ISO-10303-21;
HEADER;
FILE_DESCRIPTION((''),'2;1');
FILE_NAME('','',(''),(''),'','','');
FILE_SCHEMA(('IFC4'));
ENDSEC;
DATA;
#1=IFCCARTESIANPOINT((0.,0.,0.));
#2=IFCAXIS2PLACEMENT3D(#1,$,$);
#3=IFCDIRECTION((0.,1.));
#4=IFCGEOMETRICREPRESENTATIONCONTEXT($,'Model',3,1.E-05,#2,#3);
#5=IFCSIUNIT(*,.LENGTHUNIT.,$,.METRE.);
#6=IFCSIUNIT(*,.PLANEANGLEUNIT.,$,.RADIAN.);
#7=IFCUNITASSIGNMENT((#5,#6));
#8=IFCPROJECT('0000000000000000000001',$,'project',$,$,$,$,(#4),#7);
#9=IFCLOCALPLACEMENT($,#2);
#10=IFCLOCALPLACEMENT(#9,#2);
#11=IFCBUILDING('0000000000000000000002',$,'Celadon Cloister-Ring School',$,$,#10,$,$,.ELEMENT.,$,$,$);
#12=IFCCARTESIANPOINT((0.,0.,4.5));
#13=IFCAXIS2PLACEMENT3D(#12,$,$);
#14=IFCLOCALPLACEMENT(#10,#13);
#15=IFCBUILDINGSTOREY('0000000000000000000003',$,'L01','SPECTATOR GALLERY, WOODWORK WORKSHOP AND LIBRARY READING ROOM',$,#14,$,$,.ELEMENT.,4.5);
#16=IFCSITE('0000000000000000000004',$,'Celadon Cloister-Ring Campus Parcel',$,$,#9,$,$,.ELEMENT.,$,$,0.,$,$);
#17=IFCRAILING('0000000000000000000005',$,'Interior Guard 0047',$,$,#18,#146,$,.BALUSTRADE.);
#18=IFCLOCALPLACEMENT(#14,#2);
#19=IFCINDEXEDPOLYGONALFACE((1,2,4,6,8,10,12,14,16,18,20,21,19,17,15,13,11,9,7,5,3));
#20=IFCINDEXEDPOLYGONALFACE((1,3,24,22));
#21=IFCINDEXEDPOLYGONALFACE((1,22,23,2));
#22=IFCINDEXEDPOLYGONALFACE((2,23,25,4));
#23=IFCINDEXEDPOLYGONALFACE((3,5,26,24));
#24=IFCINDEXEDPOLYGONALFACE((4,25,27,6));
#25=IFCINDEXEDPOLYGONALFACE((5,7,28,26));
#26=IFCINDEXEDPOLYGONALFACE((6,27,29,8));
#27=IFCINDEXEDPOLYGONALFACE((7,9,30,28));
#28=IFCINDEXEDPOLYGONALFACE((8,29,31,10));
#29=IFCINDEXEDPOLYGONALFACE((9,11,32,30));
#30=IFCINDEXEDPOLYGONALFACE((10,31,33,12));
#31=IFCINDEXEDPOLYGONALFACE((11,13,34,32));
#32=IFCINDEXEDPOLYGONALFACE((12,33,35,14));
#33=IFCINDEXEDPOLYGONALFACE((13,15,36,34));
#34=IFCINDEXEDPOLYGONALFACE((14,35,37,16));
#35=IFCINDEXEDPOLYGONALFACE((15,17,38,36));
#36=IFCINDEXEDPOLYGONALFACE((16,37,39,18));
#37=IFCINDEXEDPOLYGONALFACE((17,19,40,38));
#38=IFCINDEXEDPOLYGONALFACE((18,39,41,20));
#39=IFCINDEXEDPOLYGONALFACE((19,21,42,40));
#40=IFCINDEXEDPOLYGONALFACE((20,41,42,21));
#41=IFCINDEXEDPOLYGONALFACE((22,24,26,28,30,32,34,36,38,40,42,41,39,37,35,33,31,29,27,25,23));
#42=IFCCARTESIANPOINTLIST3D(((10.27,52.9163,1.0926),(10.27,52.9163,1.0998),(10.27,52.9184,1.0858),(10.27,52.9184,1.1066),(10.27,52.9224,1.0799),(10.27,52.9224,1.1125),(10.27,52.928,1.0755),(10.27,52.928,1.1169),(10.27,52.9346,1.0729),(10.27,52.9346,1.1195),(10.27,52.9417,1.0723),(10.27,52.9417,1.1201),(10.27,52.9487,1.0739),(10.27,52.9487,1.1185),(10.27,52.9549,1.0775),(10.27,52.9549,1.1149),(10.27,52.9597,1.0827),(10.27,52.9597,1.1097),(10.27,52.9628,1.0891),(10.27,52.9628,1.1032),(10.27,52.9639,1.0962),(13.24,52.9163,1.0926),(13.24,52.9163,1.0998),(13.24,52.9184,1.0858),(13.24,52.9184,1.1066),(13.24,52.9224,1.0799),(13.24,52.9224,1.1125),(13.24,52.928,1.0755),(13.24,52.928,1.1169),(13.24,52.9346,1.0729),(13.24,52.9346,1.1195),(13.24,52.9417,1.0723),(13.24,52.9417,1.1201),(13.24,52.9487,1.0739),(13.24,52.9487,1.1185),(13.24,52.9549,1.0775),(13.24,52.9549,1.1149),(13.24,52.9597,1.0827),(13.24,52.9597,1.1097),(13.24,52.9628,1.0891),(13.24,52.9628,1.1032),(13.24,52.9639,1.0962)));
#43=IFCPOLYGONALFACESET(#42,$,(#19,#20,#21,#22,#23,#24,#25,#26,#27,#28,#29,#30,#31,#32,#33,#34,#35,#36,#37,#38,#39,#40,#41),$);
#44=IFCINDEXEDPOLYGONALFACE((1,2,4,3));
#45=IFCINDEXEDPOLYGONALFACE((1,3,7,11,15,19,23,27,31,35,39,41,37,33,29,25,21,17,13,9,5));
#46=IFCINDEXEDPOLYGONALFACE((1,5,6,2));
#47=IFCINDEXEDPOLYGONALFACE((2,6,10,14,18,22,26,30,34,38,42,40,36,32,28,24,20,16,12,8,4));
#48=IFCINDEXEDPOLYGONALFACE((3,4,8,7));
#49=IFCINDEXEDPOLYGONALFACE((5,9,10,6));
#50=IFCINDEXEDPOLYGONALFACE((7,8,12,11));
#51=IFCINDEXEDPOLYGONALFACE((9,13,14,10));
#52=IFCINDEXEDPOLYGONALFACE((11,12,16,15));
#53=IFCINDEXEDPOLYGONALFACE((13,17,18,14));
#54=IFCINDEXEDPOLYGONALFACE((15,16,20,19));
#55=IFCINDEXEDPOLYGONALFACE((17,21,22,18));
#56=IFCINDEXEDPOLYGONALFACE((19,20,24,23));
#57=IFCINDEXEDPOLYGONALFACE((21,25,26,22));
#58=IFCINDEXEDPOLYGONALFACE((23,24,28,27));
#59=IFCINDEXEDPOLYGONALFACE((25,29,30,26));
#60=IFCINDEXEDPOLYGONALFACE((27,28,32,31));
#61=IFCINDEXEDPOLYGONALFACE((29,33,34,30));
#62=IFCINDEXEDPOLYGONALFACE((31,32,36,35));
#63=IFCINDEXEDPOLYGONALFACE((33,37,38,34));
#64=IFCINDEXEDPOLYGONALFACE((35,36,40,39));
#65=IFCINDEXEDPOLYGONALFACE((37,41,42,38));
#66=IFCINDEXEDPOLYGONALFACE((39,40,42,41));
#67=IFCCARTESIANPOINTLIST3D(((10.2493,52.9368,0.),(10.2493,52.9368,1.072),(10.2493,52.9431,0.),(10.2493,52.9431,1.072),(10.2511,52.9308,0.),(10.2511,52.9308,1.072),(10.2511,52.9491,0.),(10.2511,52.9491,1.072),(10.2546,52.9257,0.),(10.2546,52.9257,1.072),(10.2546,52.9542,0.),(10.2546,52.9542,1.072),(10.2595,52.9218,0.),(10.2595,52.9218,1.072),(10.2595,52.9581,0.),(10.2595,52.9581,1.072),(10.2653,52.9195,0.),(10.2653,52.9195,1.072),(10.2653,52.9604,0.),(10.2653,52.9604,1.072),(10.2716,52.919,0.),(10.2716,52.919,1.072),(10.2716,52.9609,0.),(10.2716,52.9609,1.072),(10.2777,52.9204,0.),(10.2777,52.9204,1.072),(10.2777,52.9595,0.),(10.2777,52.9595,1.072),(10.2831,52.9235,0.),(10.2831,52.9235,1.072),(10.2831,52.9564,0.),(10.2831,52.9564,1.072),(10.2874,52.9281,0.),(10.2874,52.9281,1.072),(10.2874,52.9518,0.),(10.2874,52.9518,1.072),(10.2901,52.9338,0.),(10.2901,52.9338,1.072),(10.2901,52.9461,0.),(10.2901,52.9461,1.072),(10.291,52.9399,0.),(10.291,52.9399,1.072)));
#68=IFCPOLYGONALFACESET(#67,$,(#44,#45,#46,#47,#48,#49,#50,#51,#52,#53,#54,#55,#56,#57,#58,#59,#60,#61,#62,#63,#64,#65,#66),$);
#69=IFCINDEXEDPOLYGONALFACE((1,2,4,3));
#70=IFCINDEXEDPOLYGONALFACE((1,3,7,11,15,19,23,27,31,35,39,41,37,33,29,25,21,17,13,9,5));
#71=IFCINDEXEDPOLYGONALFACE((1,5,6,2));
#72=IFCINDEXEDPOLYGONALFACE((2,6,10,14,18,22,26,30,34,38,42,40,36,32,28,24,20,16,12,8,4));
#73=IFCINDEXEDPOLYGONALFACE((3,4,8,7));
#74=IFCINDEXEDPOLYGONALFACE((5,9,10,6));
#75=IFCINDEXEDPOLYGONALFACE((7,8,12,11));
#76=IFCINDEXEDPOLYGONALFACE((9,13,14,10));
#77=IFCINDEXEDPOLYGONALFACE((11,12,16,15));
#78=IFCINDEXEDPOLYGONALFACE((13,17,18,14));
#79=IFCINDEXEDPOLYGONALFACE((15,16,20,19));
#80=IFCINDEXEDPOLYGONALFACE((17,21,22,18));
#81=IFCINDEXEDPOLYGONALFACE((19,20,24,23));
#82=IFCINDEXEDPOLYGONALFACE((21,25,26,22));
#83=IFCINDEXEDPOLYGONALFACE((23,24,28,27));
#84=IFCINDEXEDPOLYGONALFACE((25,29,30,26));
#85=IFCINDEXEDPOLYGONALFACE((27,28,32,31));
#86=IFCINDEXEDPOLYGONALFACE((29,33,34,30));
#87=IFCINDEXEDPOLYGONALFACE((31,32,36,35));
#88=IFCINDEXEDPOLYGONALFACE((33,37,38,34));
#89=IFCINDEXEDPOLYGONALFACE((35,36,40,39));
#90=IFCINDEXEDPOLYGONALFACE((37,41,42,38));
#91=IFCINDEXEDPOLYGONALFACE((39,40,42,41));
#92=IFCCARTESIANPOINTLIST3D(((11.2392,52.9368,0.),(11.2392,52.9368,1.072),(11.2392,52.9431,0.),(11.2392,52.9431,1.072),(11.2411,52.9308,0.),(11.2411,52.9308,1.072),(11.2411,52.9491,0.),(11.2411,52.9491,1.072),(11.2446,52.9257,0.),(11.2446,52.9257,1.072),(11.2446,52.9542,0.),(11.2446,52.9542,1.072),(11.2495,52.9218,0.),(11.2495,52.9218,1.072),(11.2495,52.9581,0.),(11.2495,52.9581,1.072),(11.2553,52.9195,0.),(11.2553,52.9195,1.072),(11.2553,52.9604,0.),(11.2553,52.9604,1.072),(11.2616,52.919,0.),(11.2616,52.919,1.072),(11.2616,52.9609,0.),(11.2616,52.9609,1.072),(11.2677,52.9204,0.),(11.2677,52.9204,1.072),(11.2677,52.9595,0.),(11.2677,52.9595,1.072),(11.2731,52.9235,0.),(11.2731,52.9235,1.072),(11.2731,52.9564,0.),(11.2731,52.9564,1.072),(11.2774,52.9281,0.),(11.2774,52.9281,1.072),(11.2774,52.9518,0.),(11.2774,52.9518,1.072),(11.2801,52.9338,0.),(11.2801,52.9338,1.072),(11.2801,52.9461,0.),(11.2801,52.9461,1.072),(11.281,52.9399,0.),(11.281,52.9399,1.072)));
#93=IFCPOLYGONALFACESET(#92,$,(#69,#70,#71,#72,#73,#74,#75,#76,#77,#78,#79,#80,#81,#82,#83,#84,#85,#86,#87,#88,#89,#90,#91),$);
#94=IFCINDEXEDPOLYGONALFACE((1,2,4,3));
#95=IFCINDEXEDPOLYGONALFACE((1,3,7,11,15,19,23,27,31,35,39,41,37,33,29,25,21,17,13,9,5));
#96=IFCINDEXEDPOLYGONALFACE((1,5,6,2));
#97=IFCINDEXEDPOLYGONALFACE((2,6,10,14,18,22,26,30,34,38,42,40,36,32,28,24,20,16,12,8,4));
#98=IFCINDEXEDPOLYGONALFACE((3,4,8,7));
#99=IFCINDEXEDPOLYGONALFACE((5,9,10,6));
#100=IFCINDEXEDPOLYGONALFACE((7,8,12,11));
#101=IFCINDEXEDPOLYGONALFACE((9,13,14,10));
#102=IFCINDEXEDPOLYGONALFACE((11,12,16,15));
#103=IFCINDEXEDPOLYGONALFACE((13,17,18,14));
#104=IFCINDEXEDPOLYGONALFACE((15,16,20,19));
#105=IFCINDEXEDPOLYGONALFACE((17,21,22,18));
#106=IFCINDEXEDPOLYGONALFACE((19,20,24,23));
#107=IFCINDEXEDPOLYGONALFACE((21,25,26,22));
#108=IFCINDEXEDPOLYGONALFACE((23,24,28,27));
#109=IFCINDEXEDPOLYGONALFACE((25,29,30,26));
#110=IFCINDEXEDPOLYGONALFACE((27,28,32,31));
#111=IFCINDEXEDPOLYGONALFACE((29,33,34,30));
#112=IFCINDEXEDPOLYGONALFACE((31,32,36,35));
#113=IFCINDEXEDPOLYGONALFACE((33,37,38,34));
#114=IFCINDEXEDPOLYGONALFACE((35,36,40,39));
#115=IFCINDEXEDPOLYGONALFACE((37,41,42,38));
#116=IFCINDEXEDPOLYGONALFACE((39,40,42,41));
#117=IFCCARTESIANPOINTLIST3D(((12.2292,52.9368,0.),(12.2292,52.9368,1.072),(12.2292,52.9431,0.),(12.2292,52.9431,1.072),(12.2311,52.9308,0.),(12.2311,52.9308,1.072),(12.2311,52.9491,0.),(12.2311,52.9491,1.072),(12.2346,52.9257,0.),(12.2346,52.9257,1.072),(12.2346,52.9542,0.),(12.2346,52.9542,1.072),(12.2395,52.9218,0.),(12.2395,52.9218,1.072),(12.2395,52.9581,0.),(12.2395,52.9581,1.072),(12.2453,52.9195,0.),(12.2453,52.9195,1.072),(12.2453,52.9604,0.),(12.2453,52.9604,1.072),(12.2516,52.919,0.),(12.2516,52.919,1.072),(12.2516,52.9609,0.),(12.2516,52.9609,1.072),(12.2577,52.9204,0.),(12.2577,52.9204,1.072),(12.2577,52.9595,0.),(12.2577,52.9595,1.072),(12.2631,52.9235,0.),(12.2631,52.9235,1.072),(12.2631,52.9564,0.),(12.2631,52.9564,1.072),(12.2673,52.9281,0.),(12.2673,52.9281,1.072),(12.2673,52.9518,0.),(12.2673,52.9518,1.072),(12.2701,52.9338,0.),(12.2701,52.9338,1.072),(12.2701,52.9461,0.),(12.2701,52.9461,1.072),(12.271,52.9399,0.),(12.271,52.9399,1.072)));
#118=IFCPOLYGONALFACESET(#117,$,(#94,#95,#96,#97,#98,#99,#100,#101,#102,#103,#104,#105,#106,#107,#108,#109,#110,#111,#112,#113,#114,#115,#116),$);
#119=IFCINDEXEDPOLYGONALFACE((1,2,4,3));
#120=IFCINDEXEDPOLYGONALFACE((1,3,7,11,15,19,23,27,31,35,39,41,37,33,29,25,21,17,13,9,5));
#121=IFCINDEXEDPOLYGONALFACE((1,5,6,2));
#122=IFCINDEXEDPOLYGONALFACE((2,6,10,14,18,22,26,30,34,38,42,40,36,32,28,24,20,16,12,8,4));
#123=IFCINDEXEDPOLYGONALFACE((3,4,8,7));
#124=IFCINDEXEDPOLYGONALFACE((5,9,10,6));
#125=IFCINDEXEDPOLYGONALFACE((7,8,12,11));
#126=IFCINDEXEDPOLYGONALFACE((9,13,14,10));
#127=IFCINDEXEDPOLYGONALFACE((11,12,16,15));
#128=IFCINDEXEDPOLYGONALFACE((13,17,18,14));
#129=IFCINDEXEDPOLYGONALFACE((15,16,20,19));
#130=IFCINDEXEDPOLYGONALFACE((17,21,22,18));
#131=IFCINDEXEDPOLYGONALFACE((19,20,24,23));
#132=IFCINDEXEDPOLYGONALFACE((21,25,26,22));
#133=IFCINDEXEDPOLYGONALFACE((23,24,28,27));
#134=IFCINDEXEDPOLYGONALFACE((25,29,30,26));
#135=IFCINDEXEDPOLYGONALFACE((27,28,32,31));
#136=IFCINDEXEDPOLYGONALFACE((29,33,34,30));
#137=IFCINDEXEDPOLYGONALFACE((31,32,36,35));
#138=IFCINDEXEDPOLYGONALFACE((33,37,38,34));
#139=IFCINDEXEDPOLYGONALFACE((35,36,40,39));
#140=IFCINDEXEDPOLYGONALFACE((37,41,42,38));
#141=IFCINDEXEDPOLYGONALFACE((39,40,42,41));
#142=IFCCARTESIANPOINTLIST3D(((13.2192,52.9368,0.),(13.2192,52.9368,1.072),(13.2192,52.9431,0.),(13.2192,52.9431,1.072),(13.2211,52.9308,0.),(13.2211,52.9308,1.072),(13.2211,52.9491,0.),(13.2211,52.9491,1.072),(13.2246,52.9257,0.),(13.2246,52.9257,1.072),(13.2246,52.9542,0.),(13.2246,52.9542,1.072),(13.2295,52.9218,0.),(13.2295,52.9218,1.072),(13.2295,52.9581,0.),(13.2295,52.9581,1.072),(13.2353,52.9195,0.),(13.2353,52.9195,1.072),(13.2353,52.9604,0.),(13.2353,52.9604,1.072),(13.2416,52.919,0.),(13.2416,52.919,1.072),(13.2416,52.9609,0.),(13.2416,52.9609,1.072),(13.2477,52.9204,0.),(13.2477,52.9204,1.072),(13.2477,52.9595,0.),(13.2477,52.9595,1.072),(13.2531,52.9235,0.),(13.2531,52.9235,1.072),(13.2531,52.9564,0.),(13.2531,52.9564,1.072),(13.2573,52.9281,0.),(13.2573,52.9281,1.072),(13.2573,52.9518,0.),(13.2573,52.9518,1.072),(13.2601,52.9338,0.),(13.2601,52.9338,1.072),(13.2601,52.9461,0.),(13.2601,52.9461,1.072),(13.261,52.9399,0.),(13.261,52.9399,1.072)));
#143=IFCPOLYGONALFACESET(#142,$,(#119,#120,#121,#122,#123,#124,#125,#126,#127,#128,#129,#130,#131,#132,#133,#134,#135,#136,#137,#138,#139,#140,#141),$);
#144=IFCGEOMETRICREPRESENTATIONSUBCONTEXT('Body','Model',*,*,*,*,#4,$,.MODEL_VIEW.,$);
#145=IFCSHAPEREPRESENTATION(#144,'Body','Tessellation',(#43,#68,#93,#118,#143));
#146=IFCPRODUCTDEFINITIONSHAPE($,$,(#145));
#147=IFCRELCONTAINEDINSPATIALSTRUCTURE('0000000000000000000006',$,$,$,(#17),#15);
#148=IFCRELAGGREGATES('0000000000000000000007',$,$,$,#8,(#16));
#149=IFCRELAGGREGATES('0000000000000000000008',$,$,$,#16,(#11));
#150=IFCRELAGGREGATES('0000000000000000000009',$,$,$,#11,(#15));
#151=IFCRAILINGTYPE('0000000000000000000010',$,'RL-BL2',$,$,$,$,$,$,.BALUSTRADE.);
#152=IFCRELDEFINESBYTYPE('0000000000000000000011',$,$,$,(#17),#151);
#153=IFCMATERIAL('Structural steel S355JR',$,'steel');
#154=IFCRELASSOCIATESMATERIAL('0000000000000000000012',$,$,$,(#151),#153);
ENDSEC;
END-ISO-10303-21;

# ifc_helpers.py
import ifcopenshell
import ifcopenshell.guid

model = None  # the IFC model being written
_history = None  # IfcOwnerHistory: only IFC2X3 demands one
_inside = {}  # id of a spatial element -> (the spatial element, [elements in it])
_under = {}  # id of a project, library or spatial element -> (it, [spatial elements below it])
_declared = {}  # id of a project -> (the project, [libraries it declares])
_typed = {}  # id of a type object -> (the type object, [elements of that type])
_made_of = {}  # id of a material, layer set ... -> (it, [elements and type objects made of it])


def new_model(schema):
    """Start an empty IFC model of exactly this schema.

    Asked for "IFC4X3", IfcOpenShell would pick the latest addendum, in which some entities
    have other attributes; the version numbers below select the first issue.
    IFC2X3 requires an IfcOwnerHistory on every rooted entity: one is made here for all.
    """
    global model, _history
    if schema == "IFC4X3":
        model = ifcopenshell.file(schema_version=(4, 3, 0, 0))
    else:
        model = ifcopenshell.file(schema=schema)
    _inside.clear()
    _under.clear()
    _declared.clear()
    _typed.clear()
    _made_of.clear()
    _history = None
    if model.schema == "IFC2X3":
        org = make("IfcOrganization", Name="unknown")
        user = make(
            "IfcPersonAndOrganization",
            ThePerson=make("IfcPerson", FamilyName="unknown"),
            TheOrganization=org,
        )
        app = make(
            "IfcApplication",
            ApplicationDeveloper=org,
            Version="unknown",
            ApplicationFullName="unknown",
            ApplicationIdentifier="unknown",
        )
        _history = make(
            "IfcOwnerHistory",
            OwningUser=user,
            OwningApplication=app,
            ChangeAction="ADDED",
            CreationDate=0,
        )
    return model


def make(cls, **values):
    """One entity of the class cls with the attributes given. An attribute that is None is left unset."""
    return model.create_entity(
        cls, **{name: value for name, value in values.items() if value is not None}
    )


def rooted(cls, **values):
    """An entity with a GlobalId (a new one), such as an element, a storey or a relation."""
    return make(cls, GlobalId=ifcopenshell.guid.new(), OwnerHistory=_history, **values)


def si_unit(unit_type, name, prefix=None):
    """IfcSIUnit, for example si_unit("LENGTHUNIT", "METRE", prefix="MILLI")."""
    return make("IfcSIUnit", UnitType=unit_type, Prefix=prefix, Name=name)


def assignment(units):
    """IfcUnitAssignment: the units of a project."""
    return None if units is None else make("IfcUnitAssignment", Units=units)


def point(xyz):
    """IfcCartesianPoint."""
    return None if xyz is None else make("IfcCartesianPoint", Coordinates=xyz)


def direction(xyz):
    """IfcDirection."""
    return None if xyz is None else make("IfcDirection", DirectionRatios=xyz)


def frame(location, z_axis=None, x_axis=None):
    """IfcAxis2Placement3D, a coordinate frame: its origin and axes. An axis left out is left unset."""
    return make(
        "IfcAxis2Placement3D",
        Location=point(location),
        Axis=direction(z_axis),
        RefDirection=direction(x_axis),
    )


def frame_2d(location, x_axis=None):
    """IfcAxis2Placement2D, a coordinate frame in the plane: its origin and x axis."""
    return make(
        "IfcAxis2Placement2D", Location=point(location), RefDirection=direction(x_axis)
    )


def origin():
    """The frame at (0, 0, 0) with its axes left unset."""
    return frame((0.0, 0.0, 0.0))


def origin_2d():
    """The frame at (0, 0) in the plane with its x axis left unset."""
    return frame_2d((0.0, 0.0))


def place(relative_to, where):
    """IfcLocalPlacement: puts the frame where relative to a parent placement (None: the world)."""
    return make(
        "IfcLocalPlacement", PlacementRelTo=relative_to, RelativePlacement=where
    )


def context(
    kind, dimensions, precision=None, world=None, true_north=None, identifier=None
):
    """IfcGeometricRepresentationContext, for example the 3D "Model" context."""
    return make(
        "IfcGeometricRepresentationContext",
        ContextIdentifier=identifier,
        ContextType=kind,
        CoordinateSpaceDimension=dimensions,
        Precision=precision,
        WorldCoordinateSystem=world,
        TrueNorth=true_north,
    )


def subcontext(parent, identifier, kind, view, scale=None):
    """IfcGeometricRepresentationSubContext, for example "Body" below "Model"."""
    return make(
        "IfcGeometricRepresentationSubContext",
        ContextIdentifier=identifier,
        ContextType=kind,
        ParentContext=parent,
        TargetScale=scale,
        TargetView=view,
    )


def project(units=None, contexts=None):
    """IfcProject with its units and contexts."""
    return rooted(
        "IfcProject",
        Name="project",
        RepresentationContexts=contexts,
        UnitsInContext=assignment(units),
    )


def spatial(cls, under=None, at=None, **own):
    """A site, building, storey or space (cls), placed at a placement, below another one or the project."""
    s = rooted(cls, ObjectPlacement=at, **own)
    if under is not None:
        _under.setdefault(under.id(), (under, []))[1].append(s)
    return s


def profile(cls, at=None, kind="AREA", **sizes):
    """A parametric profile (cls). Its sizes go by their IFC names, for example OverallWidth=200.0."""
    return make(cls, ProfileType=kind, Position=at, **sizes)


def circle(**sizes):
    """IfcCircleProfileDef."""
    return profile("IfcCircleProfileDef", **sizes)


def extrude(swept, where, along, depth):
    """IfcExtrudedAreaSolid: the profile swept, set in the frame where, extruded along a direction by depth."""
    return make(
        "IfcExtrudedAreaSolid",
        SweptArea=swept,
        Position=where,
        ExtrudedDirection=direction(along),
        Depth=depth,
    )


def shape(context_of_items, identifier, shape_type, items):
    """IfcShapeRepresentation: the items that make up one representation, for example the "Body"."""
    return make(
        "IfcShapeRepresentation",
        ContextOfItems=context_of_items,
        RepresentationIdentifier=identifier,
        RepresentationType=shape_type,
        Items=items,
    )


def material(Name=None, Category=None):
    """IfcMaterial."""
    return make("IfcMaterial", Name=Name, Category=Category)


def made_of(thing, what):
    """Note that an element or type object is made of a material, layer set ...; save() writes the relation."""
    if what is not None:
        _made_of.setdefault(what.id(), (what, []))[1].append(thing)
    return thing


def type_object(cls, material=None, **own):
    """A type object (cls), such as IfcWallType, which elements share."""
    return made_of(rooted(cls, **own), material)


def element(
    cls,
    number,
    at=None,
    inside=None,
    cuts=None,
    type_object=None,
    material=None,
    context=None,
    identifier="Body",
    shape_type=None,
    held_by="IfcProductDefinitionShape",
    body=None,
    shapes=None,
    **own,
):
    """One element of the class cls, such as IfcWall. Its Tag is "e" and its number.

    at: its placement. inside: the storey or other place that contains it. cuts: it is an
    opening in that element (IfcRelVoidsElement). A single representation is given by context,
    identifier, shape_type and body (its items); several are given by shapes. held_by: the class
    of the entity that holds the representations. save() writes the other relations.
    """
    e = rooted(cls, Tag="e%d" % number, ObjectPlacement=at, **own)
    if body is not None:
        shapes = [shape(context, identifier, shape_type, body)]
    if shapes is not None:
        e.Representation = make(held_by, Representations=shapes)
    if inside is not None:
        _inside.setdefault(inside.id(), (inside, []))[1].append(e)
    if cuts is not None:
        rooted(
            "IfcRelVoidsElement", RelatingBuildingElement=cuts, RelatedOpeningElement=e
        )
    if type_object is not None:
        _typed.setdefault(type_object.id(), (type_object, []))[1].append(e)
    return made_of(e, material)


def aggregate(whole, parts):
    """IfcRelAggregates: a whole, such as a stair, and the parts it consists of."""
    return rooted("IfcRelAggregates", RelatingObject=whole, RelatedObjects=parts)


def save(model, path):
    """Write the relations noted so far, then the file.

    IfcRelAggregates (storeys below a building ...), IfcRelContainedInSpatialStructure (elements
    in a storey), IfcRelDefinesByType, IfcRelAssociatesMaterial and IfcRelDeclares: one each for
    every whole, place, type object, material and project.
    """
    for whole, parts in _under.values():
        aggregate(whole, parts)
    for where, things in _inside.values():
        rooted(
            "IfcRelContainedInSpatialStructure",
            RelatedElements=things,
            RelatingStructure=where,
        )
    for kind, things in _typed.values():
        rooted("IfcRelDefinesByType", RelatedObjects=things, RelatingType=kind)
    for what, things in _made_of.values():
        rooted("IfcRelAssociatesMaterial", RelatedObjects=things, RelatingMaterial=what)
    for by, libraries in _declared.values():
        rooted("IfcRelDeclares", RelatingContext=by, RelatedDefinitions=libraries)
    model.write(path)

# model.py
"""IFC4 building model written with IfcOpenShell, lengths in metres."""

from ifc_helpers import new_model, si_unit, direction, frame, origin, origin_2d, place, context, subcontext, project, spatial, circle, extrude, material, type_object, element, save


model = new_model("IFC4")

# Units and contexts
model_context = context("Model", 3, precision=1e-05, world=origin(), true_north=direction((0.0, 1.0)))
body_context = subcontext(model_context, "Body", "Model", "MODEL_VIEW")
ifc_project = project(units=[si_unit("LENGTHUNIT", "METRE"), si_unit("PLANEANGLEUNIT", "RADIAN")], contexts=[model_context])

# Site, building, storey
site_placement = place(None, origin())
site = spatial("IfcSite", under=ifc_project, at=site_placement, Name="Celadon Cloister-Ring Campus Parcel", CompositionType="ELEMENT", RefElevation=0.0)
building_placement = place(site_placement, origin())
building = spatial("IfcBuilding", under=site, at=building_placement, Name="Celadon Cloister-Ring School", CompositionType="ELEMENT")
storey_placement = place(building_placement, frame((0.0, 0.0, 4.5)))
storey = spatial("IfcBuildingStorey", under=building, at=storey_placement, Name="L01", Description="SPECTATOR GALLERY, WOODWORK WORKSHOP AND LIBRARY READING ROOM", CompositionType="ELEMENT", Elevation=4.5)

# Railing
ifc_material_1 = material(Name="Structural steel S355JR", Category="steel")
railing_type_1 = type_object("IfcRailingType", Name="RL-BL2", PredefinedType="BALUSTRADE", material=ifc_material_1)
railing_1_placement = place(storey_placement, frame((10.27, 52.9399, 0.0)))
element("IfcRailing", 1, at=railing_1_placement, inside=storey, type_object=railing_type_1, Name="Interior Guard 0047", PredefinedType="BALUSTRADE", context=body_context, shape_type="SweptSolid", body=[
    extrude(circle(Radius=0.0239, at=origin_2d()), frame((0.0, 0.0, 1.0962), z_axis=(1.0, 0.0, 0.0), x_axis=(0.0, 1.0, 0.0)), (0.0, 0.0, 1.0), 2.97),
    extrude(circle(Radius=0.021, at=origin_2d()), origin(), (0.0, 0.0, 1.0), 1.072),
    extrude(circle(Radius=0.021, at=origin_2d()), frame((0.99, 0.0, 0.0)), (0.0, 0.0, 1.0), 1.072),
    extrude(circle(Radius=0.021, at=origin_2d()), frame((1.98, 0.0, 0.0)), (0.0, 0.0, 1.0), 1.072),
    extrude(circle(Radius=0.021, at=origin_2d()), frame((2.97, 0.0, 0.0)), (0.0, 0.0, 1.0), 1.072),
])

save(model, "model.ifc")
